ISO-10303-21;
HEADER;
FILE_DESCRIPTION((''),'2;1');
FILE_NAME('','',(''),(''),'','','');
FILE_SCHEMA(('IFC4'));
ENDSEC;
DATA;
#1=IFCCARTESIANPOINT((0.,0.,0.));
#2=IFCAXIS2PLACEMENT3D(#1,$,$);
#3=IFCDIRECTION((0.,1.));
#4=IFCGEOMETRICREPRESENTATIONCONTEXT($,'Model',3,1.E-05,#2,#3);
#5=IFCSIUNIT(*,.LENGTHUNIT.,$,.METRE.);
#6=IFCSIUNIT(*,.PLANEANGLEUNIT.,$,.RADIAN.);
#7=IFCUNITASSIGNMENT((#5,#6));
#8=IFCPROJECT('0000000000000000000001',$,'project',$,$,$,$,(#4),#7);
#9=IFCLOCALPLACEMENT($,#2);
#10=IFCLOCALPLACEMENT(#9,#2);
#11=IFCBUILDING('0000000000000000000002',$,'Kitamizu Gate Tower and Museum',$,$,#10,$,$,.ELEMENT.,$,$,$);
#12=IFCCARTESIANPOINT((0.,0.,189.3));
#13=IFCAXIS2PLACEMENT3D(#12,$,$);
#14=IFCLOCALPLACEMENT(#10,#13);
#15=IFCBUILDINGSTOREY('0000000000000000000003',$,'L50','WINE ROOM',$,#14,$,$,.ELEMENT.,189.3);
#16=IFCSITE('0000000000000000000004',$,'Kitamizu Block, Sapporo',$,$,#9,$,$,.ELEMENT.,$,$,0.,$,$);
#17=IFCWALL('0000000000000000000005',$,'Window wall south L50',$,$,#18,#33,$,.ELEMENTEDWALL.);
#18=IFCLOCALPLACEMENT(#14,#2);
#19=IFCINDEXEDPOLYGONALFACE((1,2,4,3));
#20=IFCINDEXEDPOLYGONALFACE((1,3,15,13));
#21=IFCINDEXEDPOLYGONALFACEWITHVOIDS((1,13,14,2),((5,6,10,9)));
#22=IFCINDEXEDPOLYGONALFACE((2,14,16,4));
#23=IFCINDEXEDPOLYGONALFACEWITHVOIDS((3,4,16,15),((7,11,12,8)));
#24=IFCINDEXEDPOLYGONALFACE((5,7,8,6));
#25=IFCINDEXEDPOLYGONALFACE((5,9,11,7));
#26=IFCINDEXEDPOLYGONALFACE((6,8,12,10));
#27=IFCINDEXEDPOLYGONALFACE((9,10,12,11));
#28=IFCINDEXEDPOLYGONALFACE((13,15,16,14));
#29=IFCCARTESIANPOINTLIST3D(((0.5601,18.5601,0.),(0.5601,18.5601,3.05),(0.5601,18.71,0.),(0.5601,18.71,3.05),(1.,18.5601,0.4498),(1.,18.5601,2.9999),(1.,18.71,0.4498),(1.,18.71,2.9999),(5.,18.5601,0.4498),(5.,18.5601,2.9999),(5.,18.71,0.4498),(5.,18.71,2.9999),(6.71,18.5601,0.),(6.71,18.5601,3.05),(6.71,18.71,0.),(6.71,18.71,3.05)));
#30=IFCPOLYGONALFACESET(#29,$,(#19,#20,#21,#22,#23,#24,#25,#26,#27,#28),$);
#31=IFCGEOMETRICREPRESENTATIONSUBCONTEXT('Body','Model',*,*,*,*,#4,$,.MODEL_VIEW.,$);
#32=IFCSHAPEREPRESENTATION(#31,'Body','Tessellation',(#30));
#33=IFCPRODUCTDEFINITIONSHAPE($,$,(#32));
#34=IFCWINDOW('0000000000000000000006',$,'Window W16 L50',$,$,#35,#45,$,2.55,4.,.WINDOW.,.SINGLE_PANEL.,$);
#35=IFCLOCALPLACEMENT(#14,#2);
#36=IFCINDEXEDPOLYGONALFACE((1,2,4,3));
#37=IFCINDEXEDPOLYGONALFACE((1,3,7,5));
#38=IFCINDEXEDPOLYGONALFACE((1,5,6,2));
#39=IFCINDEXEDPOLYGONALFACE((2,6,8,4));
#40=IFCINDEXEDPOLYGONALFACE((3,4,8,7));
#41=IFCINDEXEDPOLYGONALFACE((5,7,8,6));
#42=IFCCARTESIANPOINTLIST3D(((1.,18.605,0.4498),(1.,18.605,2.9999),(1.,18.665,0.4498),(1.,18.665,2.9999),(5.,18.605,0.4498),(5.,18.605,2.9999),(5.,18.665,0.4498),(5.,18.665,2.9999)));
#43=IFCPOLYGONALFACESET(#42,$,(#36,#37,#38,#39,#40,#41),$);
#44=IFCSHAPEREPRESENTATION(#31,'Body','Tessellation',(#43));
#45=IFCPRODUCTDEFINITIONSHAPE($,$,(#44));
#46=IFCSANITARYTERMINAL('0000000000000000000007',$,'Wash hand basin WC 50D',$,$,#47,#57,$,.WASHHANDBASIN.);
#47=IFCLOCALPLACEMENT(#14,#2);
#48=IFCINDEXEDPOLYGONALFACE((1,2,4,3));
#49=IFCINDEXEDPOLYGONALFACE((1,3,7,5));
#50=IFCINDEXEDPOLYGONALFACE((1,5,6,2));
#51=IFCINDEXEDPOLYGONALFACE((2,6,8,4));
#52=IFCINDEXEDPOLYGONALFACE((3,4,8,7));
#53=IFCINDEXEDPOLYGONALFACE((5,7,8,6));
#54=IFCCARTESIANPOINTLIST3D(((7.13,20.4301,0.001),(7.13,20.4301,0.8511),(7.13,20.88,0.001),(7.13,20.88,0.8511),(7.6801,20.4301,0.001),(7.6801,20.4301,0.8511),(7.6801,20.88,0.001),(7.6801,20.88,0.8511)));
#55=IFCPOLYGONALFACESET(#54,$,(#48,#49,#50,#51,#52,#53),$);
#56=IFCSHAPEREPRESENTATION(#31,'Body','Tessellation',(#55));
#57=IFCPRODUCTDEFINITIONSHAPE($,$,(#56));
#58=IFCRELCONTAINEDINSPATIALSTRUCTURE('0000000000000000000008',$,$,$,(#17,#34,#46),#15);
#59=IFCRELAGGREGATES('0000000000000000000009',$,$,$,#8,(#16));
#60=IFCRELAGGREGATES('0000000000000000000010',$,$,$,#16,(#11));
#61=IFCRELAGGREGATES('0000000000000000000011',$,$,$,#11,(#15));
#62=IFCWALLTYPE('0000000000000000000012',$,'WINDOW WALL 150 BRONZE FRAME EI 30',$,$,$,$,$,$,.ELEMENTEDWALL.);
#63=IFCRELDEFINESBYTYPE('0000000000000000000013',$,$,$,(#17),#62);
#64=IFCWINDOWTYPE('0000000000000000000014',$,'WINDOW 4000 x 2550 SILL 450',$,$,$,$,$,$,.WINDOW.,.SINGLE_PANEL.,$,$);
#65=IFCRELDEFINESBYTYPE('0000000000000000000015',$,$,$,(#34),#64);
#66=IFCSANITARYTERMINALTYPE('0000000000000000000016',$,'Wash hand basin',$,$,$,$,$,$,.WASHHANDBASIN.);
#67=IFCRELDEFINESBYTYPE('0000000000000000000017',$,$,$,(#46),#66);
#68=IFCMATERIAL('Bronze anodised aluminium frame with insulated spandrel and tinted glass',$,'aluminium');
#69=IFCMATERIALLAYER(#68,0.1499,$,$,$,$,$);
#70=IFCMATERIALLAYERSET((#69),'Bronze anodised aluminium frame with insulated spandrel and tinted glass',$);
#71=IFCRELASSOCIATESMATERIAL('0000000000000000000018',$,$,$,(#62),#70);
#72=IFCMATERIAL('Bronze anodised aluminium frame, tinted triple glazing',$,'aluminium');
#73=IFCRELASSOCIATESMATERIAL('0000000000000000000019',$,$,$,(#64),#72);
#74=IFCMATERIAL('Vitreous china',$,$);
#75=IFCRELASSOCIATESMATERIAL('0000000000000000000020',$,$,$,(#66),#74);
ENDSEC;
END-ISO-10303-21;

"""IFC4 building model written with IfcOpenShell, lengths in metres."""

from ifc_helpers import new_model, si_unit, direction, frame, frame_2d, origin, origin_2d, place, context, subcontext, project, spatial, rectangle, extrude, material, layer, layer_set, type_object, element, fill, save


model = new_model("IFC4")

# Units and contexts
model_context = context("Model", 3, precision=1e-05, world=origin(), true_north=direction((0.0, 1.0)))
body_context = subcontext(model_context, "Body", "Model", "MODEL_VIEW")
ifc_project = project(units=[si_unit("LENGTHUNIT", "METRE"), si_unit("PLANEANGLEUNIT", "RADIAN")], contexts=[model_context])

# Site, building, storey
site_placement = place(None, origin())
site = spatial("IfcSite", under=ifc_project, at=site_placement, Name="Kitamizu Block, Sapporo", CompositionType="ELEMENT", RefElevation=0.0)
building_placement = place(site_placement, origin())
building = spatial("IfcBuilding", under=site, at=building_placement, Name="Kitamizu Gate Tower and Museum", CompositionType="ELEMENT")
storey_placement = place(building_placement, frame((0.0, 0.0, 189.3)))
storey = spatial("IfcBuildingStorey", under=building, at=storey_placement, Name="L50", Description="WINE ROOM", CompositionType="ELEMENT", Elevation=189.3)

# Shared definitions
ifc_material_1 = material(Name="Bronze anodised aluminium frame with insulated spandrel and tinted glass", Category="aluminium")
ifc_layer_1 = layer(ifc_material_1, 0.1499)
ifc_layer_set_1 = layer_set([ifc_layer_1], Name="Bronze anodised aluminium frame with insulated spandrel and tinted glass")
wall_type_1 = type_object("IfcWallType", Name="WINDOW WALL 150 BRONZE FRAME EI 30", PredefinedType="ELEMENTEDWALL", material=ifc_layer_set_1)

# Wall, opening, window
wall_1_placement = place(storey_placement, frame((0.5601, 18.635, 0.0), z_axis=(0.0, 0.0, 1.0), x_axis=(1.0, 0.0, 0.0)))
wall_1 = element("IfcWall", 1, at=wall_1_placement, inside=storey, type_object=wall_type_1, Name="Window wall south L50", PredefinedType="ELEMENTEDWALL", context=body_context, shape_type="SweptSolid", body=[
    extrude(rectangle(XDim=6.1499, YDim=0.1499, at=frame_2d((3.075, 0.0))), origin(), (0.0, 0.0, 1.0), 3.05),
])
opening_1_placement = place(wall_1_placement, frame((0.4399, 0.0, 0.45)))
opening_1 = element("IfcOpeningElement", 2, at=opening_1_placement, cuts=wall_1, PredefinedType="OPENING", context=body_context, shape_type="SweptSolid", body=[
    extrude(rectangle(XDim=4.0, YDim=2.55, at=frame_2d((2.0, 1.2749))), frame((0.0, 0.085, 0.0), z_axis=(0.0, -1.0, 0.0), x_axis=(1.0, 0.0, 0.0)), (0.0, 0.0, 1.0), 0.1699),
])
ifc_material_2 = material(Name="Bronze anodised aluminium frame, tinted triple glazing", Category="aluminium")
window_type_1 = type_object("IfcWindowType", Name="WINDOW 4000 x 2550 SILL 450", PartitioningType="SINGLE_PANEL", PredefinedType="WINDOW", material=ifc_material_2)
window_1_placement = place(opening_1_placement, origin())
window_1 = element("IfcWindow", 3, at=window_1_placement, inside=storey, type_object=window_type_1, Name="Window W16 L50", OverallHeight=2.55, OverallWidth=4.0, PartitioningType="SINGLE_PANEL", PredefinedType="WINDOW", context=body_context, shape_type="SweptSolid", body=[
    extrude(rectangle(XDim=4.0, YDim=2.55, at=frame_2d((2.0, 1.2749))), frame((0.0, 0.03, 0.0), z_axis=(0.0, -1.0, 0.0), x_axis=(1.0, 0.0, 0.0)), (0.0, 0.0, 1.0), 0.0601),
])
fill(opening_1, window_1)

# Sanitary terminal
ifc_material_3 = material(Name="Vitreous china")
sanitary_terminal_type = type_object("IfcSanitaryTerminalType", Name="Wash hand basin", PredefinedType="WASHHANDBASIN", material=ifc_material_3)
sanitary_terminal_placement = place(storey_placement, frame((7.405, 20.655, 0.001), z_axis=(0.0, 0.0, 1.0), x_axis=(1.0, 0.0, 0.0)))
element("IfcSanitaryTerminal", 4, at=sanitary_terminal_placement, inside=storey, type_object=sanitary_terminal_type, Name="Wash hand basin WC 50D", PredefinedType="WASHHANDBASIN", context=body_context, shape_type="SweptSolid", body=[
    extrude(rectangle(XDim=0.55, YDim=0.45, at=origin_2d()), origin(), (0.0, 0.0, 1.0), 0.8501),
])

save(model, "model.ifc")
